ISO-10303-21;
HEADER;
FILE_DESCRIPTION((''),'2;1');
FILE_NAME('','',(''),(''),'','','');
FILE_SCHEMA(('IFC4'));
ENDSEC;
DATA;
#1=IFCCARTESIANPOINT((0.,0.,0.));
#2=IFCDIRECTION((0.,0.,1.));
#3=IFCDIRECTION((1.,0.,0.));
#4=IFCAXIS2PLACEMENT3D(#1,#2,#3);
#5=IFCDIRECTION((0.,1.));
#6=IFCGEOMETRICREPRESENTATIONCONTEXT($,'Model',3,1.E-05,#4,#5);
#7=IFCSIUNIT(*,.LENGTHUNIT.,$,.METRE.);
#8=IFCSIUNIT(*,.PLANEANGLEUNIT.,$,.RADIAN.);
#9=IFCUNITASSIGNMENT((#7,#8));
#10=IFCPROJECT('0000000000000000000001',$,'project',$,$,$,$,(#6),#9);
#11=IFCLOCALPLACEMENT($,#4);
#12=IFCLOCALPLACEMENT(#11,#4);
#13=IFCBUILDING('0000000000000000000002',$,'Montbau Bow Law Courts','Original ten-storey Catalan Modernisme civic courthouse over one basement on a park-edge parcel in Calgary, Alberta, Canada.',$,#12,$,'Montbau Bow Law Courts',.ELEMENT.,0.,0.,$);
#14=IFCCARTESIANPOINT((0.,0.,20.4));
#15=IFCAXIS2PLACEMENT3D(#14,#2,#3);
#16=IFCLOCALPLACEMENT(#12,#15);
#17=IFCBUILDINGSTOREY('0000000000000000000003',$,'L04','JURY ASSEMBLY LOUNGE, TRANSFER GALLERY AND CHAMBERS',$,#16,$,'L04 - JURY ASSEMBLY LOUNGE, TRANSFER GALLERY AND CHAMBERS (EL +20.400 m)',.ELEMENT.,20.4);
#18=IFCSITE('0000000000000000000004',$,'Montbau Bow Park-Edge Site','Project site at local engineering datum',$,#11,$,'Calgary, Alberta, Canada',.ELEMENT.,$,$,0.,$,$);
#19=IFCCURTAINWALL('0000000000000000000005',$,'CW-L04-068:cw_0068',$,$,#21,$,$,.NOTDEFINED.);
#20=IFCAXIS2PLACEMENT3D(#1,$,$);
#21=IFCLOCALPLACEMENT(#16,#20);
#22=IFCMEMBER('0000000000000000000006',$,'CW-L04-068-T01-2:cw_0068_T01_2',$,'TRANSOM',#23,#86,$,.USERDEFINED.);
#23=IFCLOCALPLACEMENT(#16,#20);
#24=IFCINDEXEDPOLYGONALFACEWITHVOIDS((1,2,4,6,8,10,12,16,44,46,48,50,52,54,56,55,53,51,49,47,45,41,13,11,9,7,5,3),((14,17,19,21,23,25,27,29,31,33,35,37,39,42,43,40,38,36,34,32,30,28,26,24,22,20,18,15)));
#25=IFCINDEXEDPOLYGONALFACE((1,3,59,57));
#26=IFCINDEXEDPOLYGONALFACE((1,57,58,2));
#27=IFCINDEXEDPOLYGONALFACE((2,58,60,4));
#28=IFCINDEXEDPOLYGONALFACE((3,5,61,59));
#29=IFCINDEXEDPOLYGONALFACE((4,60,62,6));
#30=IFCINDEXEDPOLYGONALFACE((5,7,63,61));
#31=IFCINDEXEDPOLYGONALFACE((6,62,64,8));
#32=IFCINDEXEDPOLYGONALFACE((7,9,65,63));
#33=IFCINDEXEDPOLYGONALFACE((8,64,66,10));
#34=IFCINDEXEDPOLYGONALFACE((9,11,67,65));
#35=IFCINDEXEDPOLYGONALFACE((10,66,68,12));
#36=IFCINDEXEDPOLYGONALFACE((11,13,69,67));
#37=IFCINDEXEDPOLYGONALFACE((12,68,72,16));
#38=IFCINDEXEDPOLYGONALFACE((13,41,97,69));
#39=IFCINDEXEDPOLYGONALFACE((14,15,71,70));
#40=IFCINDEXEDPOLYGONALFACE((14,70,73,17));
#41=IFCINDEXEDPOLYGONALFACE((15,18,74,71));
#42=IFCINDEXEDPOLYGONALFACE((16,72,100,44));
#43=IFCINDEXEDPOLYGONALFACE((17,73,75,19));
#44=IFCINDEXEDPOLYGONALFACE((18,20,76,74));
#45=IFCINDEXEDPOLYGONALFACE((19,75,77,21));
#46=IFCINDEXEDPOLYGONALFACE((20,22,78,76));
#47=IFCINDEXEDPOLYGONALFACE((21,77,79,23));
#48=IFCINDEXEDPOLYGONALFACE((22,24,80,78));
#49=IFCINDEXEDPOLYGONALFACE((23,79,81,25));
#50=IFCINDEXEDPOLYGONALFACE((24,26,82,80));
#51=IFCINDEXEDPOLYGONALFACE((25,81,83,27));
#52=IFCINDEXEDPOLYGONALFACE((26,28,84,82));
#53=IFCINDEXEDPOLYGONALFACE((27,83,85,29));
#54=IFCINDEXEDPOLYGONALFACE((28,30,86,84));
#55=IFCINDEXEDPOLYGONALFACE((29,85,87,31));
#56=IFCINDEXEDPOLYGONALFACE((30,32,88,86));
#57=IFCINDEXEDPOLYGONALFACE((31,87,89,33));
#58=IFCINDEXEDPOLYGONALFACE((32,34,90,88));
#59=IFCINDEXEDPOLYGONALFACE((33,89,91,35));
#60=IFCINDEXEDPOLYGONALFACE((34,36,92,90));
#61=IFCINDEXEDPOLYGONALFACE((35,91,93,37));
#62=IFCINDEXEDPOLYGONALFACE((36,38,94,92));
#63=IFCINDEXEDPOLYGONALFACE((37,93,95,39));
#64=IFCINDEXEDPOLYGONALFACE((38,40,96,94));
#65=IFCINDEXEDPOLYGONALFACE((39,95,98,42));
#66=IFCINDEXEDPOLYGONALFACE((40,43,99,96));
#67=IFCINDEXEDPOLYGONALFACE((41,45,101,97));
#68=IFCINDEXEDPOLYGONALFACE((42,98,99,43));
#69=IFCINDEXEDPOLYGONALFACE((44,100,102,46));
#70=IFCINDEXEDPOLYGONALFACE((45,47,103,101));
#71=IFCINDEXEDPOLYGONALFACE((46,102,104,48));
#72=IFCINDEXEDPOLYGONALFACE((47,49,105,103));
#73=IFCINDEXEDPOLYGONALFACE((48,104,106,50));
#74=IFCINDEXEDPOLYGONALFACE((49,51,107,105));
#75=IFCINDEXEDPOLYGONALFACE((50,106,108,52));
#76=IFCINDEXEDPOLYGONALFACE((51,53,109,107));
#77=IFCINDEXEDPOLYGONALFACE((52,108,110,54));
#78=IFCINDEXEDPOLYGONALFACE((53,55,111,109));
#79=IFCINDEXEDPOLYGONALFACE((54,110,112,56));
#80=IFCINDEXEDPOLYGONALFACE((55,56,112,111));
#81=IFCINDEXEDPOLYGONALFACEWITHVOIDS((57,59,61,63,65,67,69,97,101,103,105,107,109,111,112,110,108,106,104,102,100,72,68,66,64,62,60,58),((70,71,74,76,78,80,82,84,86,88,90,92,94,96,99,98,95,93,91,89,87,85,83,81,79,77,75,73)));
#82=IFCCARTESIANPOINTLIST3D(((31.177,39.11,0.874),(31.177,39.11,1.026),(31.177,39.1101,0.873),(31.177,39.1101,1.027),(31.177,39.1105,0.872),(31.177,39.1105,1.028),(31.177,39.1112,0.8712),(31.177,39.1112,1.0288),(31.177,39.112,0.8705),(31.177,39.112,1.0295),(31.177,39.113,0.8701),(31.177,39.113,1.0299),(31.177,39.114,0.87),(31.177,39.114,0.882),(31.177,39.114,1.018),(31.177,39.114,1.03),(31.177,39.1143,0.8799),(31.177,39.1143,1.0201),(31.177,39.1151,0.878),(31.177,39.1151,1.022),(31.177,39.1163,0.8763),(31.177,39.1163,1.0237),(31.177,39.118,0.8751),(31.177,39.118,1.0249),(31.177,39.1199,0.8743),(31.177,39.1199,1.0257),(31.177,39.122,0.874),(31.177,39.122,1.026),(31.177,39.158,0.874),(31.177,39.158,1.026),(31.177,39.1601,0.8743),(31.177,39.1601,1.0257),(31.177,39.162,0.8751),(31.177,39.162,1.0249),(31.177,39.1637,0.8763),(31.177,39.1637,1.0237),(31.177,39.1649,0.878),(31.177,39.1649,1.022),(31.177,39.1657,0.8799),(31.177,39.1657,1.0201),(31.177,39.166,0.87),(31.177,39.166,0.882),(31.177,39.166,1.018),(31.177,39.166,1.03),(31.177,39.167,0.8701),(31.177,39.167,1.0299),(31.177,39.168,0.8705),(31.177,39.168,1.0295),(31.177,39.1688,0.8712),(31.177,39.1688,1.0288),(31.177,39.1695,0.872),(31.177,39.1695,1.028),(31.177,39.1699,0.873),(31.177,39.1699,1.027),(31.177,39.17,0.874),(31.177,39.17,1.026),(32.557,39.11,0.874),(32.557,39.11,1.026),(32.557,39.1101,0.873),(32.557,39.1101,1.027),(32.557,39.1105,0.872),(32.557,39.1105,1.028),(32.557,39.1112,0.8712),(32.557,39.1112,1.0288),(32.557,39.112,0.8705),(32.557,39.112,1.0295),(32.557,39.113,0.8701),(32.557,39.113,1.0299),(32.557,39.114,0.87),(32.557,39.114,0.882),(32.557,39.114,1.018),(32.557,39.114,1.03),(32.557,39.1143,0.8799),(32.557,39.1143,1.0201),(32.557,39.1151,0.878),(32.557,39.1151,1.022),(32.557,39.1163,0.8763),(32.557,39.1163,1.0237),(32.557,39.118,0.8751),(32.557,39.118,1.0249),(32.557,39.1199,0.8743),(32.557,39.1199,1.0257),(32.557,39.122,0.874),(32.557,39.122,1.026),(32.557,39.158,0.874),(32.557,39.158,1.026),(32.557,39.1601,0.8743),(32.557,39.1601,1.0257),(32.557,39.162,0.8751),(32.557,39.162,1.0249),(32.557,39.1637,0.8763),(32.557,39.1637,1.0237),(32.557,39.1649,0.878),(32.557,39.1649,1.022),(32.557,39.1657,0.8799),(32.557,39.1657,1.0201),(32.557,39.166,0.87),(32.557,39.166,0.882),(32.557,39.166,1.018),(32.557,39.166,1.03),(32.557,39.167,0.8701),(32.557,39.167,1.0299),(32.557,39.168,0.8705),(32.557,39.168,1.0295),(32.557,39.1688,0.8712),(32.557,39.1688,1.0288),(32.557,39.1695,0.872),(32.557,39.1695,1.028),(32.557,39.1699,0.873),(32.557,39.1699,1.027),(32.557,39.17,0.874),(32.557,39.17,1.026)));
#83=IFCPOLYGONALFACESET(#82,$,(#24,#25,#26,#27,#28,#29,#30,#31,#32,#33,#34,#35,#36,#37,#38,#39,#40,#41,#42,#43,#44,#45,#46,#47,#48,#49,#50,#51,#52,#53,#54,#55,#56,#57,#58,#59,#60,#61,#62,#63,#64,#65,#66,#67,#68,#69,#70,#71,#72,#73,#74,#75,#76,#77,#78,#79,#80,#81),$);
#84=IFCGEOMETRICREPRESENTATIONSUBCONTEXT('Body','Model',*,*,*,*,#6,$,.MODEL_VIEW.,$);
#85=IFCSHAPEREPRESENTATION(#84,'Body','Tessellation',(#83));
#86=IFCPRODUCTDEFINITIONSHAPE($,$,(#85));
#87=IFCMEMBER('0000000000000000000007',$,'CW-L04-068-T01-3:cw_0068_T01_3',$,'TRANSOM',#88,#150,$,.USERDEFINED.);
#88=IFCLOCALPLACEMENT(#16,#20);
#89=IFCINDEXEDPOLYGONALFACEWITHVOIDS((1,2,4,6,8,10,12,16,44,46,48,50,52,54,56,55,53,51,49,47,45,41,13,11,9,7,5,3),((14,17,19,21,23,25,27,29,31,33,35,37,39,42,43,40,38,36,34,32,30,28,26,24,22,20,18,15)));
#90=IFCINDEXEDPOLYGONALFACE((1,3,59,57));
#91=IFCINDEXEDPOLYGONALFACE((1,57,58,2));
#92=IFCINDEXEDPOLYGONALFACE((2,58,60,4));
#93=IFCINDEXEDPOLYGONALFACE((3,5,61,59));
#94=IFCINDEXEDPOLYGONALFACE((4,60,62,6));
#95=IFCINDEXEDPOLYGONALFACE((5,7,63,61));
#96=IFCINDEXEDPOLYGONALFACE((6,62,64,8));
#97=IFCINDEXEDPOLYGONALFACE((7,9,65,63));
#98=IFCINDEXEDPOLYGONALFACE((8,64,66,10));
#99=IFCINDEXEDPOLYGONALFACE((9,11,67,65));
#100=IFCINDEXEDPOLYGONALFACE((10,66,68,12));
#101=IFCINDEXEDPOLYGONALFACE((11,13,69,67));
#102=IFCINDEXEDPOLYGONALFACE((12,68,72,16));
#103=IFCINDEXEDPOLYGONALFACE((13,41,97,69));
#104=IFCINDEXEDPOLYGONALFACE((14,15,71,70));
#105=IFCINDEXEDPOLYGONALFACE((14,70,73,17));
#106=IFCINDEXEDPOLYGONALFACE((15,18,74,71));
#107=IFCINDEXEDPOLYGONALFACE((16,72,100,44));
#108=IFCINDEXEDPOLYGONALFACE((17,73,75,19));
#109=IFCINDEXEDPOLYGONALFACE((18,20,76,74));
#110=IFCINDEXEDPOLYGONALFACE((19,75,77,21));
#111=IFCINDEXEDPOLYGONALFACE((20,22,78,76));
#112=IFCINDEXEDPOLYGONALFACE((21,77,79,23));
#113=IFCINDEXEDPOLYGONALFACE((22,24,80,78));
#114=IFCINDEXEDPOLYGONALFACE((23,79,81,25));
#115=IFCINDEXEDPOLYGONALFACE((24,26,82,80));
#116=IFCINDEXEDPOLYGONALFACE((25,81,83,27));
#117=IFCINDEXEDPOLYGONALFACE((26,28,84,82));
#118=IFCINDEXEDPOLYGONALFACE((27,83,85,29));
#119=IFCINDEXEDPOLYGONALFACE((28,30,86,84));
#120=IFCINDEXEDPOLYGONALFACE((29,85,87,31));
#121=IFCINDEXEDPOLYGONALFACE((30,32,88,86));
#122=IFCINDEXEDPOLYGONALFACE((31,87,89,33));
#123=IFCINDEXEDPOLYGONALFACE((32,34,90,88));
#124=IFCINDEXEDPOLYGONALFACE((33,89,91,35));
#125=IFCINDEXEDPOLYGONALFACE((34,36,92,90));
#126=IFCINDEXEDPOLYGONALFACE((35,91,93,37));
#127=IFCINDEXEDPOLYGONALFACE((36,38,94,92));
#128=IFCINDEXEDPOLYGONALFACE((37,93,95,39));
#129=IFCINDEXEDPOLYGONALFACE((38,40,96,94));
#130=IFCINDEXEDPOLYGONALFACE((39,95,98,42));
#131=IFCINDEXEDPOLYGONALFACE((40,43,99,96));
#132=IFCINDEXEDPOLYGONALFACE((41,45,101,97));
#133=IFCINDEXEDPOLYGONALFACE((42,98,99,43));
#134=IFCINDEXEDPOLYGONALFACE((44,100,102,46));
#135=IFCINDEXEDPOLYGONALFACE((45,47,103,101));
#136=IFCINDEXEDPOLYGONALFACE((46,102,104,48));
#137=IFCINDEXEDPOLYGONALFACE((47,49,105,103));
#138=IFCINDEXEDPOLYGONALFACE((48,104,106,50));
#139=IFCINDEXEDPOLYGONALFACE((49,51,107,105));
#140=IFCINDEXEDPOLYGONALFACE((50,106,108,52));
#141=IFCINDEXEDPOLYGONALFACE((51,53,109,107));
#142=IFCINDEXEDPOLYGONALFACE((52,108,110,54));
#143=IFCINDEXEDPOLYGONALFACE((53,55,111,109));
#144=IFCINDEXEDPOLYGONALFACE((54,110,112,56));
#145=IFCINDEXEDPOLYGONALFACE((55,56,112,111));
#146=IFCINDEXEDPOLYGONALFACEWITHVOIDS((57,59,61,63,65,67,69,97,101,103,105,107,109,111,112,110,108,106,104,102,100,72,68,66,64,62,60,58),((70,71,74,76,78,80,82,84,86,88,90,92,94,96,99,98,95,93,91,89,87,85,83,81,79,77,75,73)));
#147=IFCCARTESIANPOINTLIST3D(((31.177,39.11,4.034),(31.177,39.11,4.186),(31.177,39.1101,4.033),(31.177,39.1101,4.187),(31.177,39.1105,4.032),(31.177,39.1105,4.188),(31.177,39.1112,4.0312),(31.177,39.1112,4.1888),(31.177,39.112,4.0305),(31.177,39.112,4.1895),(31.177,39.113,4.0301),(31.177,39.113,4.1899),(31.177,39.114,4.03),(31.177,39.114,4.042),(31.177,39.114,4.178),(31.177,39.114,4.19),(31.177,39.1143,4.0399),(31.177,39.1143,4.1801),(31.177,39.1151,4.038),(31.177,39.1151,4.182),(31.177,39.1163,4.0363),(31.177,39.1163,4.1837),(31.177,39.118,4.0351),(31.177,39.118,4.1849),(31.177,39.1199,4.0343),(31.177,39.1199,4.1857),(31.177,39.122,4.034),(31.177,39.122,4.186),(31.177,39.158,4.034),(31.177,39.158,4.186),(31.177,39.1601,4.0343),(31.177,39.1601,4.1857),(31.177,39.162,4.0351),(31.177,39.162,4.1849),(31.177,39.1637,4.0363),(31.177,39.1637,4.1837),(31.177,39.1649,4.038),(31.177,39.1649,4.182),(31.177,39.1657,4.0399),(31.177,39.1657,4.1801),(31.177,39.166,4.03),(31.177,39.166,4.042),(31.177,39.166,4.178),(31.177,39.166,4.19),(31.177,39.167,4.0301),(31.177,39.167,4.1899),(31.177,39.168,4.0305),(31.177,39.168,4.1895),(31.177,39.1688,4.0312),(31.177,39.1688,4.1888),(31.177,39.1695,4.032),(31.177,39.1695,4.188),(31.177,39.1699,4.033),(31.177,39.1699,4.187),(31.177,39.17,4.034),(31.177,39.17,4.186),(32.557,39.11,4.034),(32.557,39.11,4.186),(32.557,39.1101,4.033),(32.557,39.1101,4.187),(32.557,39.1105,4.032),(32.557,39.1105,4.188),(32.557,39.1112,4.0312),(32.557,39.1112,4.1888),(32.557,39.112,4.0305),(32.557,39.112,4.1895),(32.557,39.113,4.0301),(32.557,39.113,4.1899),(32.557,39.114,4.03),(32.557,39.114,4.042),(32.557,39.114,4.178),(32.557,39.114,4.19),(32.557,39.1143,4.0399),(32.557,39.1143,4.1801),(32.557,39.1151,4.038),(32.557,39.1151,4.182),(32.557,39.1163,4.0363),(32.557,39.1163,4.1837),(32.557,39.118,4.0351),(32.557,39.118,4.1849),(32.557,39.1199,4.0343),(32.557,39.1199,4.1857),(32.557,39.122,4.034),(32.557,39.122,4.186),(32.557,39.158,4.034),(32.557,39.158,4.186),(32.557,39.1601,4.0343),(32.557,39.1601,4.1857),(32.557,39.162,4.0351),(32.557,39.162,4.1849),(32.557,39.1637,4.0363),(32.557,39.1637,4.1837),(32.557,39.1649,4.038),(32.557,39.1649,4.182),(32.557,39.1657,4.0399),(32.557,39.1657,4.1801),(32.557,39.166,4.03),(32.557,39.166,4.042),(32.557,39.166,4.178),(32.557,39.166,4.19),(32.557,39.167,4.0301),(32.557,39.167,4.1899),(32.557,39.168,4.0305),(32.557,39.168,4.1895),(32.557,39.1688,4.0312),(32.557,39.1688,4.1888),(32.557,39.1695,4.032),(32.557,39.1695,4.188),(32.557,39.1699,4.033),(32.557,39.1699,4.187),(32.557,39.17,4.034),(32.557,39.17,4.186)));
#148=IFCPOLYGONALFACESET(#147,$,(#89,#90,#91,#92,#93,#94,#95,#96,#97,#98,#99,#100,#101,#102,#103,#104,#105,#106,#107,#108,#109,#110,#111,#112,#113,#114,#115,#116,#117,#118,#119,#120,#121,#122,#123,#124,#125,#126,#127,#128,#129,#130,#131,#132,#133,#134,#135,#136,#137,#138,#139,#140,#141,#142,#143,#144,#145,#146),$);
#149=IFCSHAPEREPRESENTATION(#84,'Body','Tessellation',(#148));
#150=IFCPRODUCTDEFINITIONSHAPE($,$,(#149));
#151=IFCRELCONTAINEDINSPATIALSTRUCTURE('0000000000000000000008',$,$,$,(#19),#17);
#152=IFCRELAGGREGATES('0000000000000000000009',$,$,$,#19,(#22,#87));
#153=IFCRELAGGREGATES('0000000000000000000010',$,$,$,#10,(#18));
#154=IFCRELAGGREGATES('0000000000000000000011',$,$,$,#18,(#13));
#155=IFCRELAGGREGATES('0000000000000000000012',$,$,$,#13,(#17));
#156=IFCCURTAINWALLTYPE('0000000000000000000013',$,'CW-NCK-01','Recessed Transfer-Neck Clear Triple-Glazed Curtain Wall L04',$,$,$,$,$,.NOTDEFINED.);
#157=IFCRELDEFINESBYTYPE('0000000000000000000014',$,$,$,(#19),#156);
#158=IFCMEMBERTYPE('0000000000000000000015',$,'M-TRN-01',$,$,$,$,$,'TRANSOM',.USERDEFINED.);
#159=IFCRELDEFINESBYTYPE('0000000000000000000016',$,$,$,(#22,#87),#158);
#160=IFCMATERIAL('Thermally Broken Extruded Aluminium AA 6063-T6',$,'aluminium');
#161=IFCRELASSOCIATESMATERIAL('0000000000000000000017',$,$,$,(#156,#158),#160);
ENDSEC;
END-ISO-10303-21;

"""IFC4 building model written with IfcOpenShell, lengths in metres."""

from ifc_helpers import new_model, si_unit, direction, frame, origin_with_axes, origin_2d_with_axis, place, context, subcontext, project, spatial, hollow_rectangle, extrude, material, material_profile, profile_set, type_object, element, aggregate, save


model = new_model("IFC4")

# Units and contexts
model_context = context("Model", 3, precision=1e-05, world=origin_with_axes(), true_north=direction((0.0, 1.0)))
body_context = subcontext(model_context, "Body", "Model", "MODEL_VIEW")
ifc_project = project(units=[si_unit("LENGTHUNIT", "METRE"), si_unit("PLANEANGLEUNIT", "RADIAN")], contexts=[model_context])

# Site, building, storey
site_placement = place(None, origin_with_axes())
site = spatial("IfcSite", under=ifc_project, at=site_placement, Name="Montbau Bow Park-Edge Site", Description="Project site at local engineering datum", LongName="Calgary, Alberta, Canada", CompositionType="ELEMENT", RefElevation=0.0)
building_placement = place(site_placement, origin_with_axes())
building = spatial("IfcBuilding", under=site, at=building_placement, Name="Montbau Bow Law Courts", Description="Original ten-storey Catalan Modernisme civic courthouse over one basement on a park-edge parcel in Calgary, Alberta, Canada.", LongName="Montbau Bow Law Courts", CompositionType="ELEMENT", ElevationOfRefHeight=0.0, ElevationOfTerrain=0.0)
storey_placement = place(building_placement, frame((0.0, 0.0, 20.4), z_axis=(0.0, 0.0, 1.0), x_axis=(1.0, 0.0, 0.0)))
storey = spatial("IfcBuildingStorey", under=building, at=storey_placement, Name="L04", Description="JURY ASSEMBLY LOUNGE, TRANSFER GALLERY AND CHAMBERS", LongName="L04 - JURY ASSEMBLY LOUNGE, TRANSFER GALLERY AND CHAMBERS (EL +20.400 m)", CompositionType="ELEMENT", Elevation=20.4)

# Curtain wall, members
ifc_material_1 = material(Name="Thermally Broken Extruded Aluminium AA 6063-T6", Category="aluminium")
curtain_wall_type = type_object("IfcCurtainWallType", Name="CW-NCK-01", Description="Recessed Transfer-Neck Clear Triple-Glazed Curtain Wall L04", PredefinedType="NOTDEFINED", material=ifc_material_1)
curtain_wall_placement = place(None, frame((31.115, 39.14, 20.4), z_axis=(0.0, 0.0, 1.0), x_axis=(1.0, 0.0, 0.0)))
curtain_wall = element("IfcCurtainWall", 1, at=curtain_wall_placement, inside=storey, type_object=curtain_wall_type, Name="CW-L04-068:cw_0068", PredefinedType="NOTDEFINED")
ifc_material_profile_1 = material_profile(ifc_material_1, hollow_rectangle(XDim=0.06, YDim=0.16, WallThickness=0.004, InnerFilletRadius=0.008, OuterFilletRadius=0.004, at=origin_2d_with_axis()), Name="CWT-160X60", Category="Main", Priority=0)
ifc_profile_set_1 = profile_set([ifc_material_profile_1], Name="Thermally Broken Extruded Aluminium AA 6063-T6")
member_type_1 = type_object("IfcMemberType", Name="M-TRN-01", ElementType="TRANSOM", PredefinedType="USERDEFINED", material=ifc_profile_set_1)
member_1_placement = place(None, frame((31.177, 39.14, 21.35), z_axis=(1.0, 0.0, 0.0), x_axis=(0.0, 1.0, 0.0)))
member_1 = element("IfcMember", 2, at=member_1_placement, type_object=member_type_1, Name="CW-L04-068-T01-2:cw_0068_T01_2", ObjectType="TRANSOM", PredefinedType="USERDEFINED", context=body_context, shape_type="SweptSolid", body=[
    extrude(hollow_rectangle(XDim=0.06, YDim=0.16, WallThickness=0.004, InnerFilletRadius=0.008, OuterFilletRadius=0.004, at=origin_2d_with_axis()), origin_with_axes(), (0.0, 0.0, 1.0), 1.38),
])
member_2_placement = place(None, frame((31.177, 39.14, 24.51), z_axis=(1.0, 0.0, 0.0), x_axis=(0.0, 1.0, 0.0)))
member_2 = element("IfcMember", 3, at=member_2_placement, type_object=member_type_1, Name="CW-L04-068-T01-3:cw_0068_T01_3", ObjectType="TRANSOM", PredefinedType="USERDEFINED", context=body_context, shape_type="SweptSolid", body=[
    extrude(hollow_rectangle(XDim=0.06, YDim=0.16, WallThickness=0.004, InnerFilletRadius=0.008, OuterFilletRadius=0.004, at=origin_2d_with_axis()), origin_with_axes(), (0.0, 0.0, 1.0), 1.38),
])
aggregate(curtain_wall, [member_1, member_2])

save(model, "model.ifc")
